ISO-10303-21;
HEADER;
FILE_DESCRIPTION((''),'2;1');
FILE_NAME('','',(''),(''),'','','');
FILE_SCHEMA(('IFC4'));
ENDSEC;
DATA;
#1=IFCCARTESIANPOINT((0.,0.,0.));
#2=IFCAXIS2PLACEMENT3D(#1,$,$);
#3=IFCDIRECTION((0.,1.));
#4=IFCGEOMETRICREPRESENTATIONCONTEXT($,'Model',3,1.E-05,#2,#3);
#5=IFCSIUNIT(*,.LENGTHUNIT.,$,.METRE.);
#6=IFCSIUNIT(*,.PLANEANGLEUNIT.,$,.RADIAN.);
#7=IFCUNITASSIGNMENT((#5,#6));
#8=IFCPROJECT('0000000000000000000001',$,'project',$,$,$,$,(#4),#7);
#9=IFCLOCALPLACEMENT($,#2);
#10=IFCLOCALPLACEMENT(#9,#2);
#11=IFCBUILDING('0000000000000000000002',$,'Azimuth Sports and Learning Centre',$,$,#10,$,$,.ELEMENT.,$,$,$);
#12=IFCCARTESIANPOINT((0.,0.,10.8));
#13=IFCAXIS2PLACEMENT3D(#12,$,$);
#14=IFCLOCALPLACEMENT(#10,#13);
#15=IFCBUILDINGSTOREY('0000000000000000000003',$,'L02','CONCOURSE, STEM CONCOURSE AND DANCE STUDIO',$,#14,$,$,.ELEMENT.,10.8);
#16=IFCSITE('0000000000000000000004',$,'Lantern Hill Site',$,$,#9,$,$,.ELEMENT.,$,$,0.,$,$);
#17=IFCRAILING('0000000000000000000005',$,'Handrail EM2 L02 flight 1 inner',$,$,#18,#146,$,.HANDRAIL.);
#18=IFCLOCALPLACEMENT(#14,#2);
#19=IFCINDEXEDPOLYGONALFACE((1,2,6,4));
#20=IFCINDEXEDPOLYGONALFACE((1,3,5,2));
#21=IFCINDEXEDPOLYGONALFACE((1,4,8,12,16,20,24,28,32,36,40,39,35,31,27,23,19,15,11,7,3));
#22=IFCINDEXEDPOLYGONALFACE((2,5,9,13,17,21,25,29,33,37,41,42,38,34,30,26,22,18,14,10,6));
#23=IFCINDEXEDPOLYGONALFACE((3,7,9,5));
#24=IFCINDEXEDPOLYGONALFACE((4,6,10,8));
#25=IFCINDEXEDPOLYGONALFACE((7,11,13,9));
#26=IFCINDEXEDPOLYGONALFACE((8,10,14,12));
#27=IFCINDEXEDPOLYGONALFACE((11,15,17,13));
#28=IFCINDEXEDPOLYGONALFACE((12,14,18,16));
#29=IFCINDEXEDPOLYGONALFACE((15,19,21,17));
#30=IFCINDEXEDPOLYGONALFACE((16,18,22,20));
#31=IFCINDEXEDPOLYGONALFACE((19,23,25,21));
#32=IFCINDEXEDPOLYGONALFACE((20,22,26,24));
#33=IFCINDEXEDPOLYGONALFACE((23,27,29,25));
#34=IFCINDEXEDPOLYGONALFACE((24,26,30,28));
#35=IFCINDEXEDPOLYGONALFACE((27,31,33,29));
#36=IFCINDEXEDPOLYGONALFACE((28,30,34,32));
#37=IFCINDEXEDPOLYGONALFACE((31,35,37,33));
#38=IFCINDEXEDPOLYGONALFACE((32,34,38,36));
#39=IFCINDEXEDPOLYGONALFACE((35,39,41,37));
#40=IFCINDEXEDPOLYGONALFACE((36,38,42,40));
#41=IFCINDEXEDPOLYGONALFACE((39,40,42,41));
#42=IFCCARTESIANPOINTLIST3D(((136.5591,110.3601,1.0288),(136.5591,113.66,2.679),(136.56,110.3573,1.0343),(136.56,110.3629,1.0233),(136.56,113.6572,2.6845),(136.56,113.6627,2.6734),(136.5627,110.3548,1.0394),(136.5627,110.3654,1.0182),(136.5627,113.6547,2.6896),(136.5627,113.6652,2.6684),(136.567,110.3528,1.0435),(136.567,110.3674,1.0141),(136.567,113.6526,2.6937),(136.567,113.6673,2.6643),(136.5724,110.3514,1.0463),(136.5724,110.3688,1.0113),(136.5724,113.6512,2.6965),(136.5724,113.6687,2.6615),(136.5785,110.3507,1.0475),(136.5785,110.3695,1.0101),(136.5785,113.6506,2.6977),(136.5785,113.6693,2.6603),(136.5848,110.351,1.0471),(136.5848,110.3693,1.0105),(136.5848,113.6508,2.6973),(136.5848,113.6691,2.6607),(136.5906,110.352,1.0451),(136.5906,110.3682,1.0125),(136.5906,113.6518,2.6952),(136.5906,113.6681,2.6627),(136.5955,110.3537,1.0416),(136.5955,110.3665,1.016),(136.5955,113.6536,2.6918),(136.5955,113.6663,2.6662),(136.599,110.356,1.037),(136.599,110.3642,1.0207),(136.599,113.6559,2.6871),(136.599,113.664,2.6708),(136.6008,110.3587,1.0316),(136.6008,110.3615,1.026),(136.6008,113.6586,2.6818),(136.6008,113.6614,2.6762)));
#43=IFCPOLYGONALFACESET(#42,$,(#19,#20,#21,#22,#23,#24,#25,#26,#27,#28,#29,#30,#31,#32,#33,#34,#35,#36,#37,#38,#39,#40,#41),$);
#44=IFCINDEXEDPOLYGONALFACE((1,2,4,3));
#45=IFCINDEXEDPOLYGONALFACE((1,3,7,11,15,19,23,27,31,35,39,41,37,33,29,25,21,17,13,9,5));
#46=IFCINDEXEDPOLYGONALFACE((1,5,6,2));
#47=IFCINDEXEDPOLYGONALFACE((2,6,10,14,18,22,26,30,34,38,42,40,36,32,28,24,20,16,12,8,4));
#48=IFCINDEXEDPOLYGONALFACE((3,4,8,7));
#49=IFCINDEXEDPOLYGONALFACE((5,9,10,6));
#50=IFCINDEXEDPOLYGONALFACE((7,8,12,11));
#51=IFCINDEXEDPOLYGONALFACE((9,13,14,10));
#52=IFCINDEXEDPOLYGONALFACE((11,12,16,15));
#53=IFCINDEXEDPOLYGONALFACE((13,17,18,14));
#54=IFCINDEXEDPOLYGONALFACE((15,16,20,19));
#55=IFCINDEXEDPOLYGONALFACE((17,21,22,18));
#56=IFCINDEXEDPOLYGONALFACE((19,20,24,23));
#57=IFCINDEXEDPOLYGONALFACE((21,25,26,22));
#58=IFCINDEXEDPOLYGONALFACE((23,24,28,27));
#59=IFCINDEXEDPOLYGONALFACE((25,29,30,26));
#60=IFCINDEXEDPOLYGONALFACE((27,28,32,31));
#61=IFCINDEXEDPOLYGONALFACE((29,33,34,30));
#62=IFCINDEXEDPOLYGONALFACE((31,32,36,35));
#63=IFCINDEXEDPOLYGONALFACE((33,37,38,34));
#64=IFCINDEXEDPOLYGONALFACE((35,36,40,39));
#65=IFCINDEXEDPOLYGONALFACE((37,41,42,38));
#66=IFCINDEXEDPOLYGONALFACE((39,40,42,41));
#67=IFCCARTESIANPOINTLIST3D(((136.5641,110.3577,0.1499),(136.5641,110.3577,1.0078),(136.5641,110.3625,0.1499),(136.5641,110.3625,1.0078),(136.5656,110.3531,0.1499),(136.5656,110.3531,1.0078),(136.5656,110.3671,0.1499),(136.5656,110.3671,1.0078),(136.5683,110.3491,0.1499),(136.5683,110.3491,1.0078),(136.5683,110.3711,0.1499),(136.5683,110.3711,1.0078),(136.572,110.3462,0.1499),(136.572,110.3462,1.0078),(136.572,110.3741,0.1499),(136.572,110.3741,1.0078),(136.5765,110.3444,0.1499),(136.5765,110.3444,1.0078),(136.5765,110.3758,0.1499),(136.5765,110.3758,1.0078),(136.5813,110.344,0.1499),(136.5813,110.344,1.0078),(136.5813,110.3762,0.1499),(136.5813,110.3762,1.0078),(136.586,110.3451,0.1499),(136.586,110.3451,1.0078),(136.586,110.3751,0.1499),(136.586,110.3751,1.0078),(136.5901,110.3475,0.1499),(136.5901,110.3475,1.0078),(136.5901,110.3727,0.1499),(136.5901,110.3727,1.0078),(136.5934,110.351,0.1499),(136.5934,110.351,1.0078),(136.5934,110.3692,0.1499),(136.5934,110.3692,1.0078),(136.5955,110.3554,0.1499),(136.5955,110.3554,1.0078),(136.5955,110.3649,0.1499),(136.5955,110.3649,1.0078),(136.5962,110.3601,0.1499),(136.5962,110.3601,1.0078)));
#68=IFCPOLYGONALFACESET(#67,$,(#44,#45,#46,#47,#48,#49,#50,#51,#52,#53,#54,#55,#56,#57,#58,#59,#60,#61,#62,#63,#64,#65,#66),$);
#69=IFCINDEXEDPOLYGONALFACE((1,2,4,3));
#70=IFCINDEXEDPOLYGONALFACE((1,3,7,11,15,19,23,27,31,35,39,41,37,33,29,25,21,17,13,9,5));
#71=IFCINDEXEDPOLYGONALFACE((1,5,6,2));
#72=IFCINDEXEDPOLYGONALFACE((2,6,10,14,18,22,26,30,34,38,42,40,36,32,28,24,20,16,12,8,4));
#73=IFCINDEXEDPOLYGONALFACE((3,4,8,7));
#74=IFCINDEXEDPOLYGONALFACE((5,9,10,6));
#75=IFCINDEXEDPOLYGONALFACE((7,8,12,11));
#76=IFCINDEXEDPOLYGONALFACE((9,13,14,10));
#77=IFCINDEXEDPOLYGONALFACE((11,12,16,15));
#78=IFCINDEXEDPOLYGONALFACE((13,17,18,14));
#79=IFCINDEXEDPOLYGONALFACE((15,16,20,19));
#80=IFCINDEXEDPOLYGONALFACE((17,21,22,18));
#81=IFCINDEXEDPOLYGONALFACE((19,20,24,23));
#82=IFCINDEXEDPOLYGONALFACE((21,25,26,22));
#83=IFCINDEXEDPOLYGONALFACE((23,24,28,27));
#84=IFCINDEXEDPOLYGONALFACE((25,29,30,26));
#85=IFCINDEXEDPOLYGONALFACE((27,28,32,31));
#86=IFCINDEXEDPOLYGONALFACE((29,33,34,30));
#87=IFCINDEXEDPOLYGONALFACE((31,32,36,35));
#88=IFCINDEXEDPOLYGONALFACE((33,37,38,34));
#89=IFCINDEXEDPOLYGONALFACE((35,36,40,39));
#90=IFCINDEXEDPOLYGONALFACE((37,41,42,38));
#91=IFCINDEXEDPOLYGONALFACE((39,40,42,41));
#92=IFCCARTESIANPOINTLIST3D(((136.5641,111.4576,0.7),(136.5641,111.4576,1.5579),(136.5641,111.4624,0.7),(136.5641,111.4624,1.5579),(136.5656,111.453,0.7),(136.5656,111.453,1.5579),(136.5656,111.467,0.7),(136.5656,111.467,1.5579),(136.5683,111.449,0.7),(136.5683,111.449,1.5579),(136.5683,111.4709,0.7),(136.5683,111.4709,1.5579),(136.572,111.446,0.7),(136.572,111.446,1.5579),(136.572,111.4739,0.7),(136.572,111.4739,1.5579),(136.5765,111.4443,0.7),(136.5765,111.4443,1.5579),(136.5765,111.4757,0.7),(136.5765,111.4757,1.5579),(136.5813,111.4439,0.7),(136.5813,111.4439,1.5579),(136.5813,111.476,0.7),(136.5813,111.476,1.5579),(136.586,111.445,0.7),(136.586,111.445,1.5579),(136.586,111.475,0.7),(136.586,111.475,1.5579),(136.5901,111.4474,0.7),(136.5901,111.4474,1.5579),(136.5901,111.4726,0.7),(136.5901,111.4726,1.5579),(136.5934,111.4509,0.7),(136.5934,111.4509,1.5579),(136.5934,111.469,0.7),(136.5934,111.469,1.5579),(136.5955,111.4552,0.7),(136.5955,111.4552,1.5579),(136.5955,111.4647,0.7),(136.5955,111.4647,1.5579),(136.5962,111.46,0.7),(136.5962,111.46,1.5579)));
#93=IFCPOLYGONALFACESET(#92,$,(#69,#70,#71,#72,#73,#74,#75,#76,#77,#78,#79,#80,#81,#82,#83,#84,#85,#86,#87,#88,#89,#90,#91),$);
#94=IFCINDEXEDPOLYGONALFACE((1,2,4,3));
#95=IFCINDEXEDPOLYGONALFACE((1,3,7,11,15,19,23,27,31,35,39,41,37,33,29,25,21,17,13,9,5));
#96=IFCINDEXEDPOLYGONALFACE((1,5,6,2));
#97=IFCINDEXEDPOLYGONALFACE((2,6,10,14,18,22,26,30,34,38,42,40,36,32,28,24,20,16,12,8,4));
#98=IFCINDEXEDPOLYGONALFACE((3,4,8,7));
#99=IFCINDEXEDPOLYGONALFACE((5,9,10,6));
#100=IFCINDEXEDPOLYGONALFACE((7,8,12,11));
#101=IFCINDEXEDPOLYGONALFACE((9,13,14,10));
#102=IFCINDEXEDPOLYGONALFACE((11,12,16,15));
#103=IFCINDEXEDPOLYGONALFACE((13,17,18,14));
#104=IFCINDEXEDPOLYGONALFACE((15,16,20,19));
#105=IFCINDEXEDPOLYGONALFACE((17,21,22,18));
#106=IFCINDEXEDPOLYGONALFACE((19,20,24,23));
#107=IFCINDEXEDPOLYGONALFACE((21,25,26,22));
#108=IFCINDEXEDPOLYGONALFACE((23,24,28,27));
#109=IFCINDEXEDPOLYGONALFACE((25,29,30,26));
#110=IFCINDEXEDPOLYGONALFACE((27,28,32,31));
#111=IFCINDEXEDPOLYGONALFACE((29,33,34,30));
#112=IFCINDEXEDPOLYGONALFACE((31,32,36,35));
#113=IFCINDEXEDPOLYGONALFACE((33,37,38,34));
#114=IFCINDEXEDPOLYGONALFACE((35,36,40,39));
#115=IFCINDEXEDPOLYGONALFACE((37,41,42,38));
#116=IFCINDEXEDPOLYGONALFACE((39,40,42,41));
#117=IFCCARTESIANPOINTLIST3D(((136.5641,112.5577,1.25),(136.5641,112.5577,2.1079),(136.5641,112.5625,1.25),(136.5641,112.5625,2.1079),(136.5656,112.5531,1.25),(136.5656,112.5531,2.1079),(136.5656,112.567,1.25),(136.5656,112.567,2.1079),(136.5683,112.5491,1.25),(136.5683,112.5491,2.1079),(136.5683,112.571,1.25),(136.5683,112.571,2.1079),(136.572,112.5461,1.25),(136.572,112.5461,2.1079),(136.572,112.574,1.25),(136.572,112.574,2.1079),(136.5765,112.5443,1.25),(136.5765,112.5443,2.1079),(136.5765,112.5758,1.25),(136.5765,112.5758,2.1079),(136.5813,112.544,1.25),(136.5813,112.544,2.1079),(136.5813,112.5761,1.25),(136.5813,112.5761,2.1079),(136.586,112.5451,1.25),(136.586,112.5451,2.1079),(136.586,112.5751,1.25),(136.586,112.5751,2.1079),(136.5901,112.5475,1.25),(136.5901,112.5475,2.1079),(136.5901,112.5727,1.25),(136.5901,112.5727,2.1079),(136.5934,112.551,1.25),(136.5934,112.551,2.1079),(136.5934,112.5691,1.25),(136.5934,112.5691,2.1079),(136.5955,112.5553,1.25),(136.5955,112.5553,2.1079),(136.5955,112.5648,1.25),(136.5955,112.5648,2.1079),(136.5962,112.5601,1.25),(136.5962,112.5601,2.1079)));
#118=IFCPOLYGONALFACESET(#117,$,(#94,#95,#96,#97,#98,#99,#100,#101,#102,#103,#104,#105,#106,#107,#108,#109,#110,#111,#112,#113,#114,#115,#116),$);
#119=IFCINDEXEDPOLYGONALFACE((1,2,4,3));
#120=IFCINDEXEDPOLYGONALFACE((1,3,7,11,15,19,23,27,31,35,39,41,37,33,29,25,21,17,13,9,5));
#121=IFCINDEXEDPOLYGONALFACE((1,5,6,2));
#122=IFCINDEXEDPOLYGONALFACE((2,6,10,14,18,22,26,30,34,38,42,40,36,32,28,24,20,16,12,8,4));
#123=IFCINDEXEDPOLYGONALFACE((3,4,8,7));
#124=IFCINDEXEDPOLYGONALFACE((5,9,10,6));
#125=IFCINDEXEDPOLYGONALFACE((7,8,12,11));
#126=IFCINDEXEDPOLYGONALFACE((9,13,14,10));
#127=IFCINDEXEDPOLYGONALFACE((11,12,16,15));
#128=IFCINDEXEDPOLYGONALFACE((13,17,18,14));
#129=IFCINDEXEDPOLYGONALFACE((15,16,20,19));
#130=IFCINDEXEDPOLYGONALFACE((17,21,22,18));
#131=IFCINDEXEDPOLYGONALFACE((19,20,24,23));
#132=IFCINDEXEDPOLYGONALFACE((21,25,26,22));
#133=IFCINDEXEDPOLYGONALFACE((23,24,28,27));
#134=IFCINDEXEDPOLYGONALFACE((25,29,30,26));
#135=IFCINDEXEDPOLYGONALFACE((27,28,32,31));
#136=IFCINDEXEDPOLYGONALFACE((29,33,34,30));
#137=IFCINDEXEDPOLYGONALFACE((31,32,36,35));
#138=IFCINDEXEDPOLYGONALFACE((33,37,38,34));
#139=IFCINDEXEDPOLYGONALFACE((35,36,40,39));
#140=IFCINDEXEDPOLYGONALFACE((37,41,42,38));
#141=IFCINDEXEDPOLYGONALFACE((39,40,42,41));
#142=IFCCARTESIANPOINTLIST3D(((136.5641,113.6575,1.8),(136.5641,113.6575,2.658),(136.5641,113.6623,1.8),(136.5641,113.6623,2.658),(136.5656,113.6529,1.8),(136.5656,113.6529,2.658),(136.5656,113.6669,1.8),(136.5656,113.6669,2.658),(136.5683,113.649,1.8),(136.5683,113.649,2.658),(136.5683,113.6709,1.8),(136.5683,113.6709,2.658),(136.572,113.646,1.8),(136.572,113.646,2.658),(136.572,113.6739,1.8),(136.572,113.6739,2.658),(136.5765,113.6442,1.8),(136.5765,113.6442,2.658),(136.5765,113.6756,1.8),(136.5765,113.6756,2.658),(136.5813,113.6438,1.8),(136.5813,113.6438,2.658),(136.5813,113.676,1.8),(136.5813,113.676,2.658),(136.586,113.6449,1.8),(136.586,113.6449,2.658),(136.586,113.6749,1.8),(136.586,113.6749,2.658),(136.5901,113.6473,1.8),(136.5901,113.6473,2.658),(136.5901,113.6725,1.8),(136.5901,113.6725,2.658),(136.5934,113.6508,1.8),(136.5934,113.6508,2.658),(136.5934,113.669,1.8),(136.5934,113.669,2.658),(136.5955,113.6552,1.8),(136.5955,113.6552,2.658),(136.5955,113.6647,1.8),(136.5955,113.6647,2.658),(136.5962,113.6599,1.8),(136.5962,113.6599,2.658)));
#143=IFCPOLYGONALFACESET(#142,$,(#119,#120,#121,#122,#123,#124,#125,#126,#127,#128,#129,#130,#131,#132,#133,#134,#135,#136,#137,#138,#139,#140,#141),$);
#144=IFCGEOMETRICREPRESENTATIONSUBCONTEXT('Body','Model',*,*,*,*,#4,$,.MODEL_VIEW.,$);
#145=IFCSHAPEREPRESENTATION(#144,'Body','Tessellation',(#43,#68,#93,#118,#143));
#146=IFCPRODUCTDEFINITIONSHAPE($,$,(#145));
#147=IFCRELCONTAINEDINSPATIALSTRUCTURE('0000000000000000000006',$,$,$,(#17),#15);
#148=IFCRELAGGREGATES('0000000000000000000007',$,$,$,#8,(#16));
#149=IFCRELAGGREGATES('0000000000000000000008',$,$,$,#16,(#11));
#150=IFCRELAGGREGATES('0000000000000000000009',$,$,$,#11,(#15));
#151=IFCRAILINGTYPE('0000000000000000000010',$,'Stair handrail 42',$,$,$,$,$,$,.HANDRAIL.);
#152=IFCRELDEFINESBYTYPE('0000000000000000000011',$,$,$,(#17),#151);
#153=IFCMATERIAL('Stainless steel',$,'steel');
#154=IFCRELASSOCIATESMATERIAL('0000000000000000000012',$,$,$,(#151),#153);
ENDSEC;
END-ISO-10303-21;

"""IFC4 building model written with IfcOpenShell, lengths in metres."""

from ifc_helpers import new_model, si_unit, direction, frame, origin, origin_2d, place, context, subcontext, project, spatial, circle, extrude, material, type_object, element, save


model = new_model("IFC4")

# Units and contexts
model_context = context("Model", 3, precision=1e-05, world=origin(), true_north=direction((0.0, 1.0)))
body_context = subcontext(model_context, "Body", "Model", "MODEL_VIEW")
ifc_project = project(units=[si_unit("LENGTHUNIT", "METRE"), si_unit("PLANEANGLEUNIT", "RADIAN")], contexts=[model_context])

# Site, building, storey
site_placement = place(None, origin())
site = spatial("IfcSite", under=ifc_project, at=site_placement, Name="Lantern Hill Site", CompositionType="ELEMENT", RefElevation=0.0)
building_placement = place(site_placement, origin())
building = spatial("IfcBuilding", under=site, at=building_placement, Name="Azimuth Sports and Learning Centre", CompositionType="ELEMENT")
storey_placement = place(building_placement, frame((0.0, 0.0, 10.8)))
storey = spatial("IfcBuildingStorey", under=building, at=storey_placement, Name="L02", Description="CONCOURSE, STEM CONCOURSE AND DANCE STUDIO", CompositionType="ELEMENT", Elevation=10.8)

# Railing
ifc_material_1 = material(Name="Stainless steel", Category="steel")
railing_type = type_object("IfcRailingType", Name="Stair handrail 42", PredefinedType="HANDRAIL", material=ifc_material_1)
for number, where, name in (
    (1, (136.5801, 110.3601, 0.1499), "Handrail EM2 L02 flight 1 inner"),
):
    element("IfcRailing", number, at=place(storey_placement, frame(where)), inside=storey, type_object=railing_type, Name=name, PredefinedType="HANDRAIL", context=body_context, shape_type="SweptSolid", body=[
        extrude(circle(Radius=0.021, at=origin_2d()), frame((0.0, 0.0, 0.8789), z_axis=(0.0, 0.894401, 0.447267), x_axis=(-1.0, 0.0, 0.0)), (0.0, 0.0, 1.0), 3.6895),
        extrude(circle(Radius=0.0161, at=origin_2d()), origin(), (0.0, 0.0, 1.0), 0.8579),
        extrude(circle(Radius=0.0161, at=origin_2d()), frame((0.0, 1.0999, 0.55)), (0.0, 0.0, 1.0), 0.8579),
        extrude(circle(Radius=0.0161, at=origin_2d()), frame((0.0, 2.2, 1.1001)), (0.0, 0.0, 1.0), 0.8579),
        extrude(circle(Radius=0.0161, at=origin_2d()), frame((0.0, 3.2998, 1.6501)), (0.0, 0.0, 1.0), 0.8579),
    ])

save(model, "model.ifc")
